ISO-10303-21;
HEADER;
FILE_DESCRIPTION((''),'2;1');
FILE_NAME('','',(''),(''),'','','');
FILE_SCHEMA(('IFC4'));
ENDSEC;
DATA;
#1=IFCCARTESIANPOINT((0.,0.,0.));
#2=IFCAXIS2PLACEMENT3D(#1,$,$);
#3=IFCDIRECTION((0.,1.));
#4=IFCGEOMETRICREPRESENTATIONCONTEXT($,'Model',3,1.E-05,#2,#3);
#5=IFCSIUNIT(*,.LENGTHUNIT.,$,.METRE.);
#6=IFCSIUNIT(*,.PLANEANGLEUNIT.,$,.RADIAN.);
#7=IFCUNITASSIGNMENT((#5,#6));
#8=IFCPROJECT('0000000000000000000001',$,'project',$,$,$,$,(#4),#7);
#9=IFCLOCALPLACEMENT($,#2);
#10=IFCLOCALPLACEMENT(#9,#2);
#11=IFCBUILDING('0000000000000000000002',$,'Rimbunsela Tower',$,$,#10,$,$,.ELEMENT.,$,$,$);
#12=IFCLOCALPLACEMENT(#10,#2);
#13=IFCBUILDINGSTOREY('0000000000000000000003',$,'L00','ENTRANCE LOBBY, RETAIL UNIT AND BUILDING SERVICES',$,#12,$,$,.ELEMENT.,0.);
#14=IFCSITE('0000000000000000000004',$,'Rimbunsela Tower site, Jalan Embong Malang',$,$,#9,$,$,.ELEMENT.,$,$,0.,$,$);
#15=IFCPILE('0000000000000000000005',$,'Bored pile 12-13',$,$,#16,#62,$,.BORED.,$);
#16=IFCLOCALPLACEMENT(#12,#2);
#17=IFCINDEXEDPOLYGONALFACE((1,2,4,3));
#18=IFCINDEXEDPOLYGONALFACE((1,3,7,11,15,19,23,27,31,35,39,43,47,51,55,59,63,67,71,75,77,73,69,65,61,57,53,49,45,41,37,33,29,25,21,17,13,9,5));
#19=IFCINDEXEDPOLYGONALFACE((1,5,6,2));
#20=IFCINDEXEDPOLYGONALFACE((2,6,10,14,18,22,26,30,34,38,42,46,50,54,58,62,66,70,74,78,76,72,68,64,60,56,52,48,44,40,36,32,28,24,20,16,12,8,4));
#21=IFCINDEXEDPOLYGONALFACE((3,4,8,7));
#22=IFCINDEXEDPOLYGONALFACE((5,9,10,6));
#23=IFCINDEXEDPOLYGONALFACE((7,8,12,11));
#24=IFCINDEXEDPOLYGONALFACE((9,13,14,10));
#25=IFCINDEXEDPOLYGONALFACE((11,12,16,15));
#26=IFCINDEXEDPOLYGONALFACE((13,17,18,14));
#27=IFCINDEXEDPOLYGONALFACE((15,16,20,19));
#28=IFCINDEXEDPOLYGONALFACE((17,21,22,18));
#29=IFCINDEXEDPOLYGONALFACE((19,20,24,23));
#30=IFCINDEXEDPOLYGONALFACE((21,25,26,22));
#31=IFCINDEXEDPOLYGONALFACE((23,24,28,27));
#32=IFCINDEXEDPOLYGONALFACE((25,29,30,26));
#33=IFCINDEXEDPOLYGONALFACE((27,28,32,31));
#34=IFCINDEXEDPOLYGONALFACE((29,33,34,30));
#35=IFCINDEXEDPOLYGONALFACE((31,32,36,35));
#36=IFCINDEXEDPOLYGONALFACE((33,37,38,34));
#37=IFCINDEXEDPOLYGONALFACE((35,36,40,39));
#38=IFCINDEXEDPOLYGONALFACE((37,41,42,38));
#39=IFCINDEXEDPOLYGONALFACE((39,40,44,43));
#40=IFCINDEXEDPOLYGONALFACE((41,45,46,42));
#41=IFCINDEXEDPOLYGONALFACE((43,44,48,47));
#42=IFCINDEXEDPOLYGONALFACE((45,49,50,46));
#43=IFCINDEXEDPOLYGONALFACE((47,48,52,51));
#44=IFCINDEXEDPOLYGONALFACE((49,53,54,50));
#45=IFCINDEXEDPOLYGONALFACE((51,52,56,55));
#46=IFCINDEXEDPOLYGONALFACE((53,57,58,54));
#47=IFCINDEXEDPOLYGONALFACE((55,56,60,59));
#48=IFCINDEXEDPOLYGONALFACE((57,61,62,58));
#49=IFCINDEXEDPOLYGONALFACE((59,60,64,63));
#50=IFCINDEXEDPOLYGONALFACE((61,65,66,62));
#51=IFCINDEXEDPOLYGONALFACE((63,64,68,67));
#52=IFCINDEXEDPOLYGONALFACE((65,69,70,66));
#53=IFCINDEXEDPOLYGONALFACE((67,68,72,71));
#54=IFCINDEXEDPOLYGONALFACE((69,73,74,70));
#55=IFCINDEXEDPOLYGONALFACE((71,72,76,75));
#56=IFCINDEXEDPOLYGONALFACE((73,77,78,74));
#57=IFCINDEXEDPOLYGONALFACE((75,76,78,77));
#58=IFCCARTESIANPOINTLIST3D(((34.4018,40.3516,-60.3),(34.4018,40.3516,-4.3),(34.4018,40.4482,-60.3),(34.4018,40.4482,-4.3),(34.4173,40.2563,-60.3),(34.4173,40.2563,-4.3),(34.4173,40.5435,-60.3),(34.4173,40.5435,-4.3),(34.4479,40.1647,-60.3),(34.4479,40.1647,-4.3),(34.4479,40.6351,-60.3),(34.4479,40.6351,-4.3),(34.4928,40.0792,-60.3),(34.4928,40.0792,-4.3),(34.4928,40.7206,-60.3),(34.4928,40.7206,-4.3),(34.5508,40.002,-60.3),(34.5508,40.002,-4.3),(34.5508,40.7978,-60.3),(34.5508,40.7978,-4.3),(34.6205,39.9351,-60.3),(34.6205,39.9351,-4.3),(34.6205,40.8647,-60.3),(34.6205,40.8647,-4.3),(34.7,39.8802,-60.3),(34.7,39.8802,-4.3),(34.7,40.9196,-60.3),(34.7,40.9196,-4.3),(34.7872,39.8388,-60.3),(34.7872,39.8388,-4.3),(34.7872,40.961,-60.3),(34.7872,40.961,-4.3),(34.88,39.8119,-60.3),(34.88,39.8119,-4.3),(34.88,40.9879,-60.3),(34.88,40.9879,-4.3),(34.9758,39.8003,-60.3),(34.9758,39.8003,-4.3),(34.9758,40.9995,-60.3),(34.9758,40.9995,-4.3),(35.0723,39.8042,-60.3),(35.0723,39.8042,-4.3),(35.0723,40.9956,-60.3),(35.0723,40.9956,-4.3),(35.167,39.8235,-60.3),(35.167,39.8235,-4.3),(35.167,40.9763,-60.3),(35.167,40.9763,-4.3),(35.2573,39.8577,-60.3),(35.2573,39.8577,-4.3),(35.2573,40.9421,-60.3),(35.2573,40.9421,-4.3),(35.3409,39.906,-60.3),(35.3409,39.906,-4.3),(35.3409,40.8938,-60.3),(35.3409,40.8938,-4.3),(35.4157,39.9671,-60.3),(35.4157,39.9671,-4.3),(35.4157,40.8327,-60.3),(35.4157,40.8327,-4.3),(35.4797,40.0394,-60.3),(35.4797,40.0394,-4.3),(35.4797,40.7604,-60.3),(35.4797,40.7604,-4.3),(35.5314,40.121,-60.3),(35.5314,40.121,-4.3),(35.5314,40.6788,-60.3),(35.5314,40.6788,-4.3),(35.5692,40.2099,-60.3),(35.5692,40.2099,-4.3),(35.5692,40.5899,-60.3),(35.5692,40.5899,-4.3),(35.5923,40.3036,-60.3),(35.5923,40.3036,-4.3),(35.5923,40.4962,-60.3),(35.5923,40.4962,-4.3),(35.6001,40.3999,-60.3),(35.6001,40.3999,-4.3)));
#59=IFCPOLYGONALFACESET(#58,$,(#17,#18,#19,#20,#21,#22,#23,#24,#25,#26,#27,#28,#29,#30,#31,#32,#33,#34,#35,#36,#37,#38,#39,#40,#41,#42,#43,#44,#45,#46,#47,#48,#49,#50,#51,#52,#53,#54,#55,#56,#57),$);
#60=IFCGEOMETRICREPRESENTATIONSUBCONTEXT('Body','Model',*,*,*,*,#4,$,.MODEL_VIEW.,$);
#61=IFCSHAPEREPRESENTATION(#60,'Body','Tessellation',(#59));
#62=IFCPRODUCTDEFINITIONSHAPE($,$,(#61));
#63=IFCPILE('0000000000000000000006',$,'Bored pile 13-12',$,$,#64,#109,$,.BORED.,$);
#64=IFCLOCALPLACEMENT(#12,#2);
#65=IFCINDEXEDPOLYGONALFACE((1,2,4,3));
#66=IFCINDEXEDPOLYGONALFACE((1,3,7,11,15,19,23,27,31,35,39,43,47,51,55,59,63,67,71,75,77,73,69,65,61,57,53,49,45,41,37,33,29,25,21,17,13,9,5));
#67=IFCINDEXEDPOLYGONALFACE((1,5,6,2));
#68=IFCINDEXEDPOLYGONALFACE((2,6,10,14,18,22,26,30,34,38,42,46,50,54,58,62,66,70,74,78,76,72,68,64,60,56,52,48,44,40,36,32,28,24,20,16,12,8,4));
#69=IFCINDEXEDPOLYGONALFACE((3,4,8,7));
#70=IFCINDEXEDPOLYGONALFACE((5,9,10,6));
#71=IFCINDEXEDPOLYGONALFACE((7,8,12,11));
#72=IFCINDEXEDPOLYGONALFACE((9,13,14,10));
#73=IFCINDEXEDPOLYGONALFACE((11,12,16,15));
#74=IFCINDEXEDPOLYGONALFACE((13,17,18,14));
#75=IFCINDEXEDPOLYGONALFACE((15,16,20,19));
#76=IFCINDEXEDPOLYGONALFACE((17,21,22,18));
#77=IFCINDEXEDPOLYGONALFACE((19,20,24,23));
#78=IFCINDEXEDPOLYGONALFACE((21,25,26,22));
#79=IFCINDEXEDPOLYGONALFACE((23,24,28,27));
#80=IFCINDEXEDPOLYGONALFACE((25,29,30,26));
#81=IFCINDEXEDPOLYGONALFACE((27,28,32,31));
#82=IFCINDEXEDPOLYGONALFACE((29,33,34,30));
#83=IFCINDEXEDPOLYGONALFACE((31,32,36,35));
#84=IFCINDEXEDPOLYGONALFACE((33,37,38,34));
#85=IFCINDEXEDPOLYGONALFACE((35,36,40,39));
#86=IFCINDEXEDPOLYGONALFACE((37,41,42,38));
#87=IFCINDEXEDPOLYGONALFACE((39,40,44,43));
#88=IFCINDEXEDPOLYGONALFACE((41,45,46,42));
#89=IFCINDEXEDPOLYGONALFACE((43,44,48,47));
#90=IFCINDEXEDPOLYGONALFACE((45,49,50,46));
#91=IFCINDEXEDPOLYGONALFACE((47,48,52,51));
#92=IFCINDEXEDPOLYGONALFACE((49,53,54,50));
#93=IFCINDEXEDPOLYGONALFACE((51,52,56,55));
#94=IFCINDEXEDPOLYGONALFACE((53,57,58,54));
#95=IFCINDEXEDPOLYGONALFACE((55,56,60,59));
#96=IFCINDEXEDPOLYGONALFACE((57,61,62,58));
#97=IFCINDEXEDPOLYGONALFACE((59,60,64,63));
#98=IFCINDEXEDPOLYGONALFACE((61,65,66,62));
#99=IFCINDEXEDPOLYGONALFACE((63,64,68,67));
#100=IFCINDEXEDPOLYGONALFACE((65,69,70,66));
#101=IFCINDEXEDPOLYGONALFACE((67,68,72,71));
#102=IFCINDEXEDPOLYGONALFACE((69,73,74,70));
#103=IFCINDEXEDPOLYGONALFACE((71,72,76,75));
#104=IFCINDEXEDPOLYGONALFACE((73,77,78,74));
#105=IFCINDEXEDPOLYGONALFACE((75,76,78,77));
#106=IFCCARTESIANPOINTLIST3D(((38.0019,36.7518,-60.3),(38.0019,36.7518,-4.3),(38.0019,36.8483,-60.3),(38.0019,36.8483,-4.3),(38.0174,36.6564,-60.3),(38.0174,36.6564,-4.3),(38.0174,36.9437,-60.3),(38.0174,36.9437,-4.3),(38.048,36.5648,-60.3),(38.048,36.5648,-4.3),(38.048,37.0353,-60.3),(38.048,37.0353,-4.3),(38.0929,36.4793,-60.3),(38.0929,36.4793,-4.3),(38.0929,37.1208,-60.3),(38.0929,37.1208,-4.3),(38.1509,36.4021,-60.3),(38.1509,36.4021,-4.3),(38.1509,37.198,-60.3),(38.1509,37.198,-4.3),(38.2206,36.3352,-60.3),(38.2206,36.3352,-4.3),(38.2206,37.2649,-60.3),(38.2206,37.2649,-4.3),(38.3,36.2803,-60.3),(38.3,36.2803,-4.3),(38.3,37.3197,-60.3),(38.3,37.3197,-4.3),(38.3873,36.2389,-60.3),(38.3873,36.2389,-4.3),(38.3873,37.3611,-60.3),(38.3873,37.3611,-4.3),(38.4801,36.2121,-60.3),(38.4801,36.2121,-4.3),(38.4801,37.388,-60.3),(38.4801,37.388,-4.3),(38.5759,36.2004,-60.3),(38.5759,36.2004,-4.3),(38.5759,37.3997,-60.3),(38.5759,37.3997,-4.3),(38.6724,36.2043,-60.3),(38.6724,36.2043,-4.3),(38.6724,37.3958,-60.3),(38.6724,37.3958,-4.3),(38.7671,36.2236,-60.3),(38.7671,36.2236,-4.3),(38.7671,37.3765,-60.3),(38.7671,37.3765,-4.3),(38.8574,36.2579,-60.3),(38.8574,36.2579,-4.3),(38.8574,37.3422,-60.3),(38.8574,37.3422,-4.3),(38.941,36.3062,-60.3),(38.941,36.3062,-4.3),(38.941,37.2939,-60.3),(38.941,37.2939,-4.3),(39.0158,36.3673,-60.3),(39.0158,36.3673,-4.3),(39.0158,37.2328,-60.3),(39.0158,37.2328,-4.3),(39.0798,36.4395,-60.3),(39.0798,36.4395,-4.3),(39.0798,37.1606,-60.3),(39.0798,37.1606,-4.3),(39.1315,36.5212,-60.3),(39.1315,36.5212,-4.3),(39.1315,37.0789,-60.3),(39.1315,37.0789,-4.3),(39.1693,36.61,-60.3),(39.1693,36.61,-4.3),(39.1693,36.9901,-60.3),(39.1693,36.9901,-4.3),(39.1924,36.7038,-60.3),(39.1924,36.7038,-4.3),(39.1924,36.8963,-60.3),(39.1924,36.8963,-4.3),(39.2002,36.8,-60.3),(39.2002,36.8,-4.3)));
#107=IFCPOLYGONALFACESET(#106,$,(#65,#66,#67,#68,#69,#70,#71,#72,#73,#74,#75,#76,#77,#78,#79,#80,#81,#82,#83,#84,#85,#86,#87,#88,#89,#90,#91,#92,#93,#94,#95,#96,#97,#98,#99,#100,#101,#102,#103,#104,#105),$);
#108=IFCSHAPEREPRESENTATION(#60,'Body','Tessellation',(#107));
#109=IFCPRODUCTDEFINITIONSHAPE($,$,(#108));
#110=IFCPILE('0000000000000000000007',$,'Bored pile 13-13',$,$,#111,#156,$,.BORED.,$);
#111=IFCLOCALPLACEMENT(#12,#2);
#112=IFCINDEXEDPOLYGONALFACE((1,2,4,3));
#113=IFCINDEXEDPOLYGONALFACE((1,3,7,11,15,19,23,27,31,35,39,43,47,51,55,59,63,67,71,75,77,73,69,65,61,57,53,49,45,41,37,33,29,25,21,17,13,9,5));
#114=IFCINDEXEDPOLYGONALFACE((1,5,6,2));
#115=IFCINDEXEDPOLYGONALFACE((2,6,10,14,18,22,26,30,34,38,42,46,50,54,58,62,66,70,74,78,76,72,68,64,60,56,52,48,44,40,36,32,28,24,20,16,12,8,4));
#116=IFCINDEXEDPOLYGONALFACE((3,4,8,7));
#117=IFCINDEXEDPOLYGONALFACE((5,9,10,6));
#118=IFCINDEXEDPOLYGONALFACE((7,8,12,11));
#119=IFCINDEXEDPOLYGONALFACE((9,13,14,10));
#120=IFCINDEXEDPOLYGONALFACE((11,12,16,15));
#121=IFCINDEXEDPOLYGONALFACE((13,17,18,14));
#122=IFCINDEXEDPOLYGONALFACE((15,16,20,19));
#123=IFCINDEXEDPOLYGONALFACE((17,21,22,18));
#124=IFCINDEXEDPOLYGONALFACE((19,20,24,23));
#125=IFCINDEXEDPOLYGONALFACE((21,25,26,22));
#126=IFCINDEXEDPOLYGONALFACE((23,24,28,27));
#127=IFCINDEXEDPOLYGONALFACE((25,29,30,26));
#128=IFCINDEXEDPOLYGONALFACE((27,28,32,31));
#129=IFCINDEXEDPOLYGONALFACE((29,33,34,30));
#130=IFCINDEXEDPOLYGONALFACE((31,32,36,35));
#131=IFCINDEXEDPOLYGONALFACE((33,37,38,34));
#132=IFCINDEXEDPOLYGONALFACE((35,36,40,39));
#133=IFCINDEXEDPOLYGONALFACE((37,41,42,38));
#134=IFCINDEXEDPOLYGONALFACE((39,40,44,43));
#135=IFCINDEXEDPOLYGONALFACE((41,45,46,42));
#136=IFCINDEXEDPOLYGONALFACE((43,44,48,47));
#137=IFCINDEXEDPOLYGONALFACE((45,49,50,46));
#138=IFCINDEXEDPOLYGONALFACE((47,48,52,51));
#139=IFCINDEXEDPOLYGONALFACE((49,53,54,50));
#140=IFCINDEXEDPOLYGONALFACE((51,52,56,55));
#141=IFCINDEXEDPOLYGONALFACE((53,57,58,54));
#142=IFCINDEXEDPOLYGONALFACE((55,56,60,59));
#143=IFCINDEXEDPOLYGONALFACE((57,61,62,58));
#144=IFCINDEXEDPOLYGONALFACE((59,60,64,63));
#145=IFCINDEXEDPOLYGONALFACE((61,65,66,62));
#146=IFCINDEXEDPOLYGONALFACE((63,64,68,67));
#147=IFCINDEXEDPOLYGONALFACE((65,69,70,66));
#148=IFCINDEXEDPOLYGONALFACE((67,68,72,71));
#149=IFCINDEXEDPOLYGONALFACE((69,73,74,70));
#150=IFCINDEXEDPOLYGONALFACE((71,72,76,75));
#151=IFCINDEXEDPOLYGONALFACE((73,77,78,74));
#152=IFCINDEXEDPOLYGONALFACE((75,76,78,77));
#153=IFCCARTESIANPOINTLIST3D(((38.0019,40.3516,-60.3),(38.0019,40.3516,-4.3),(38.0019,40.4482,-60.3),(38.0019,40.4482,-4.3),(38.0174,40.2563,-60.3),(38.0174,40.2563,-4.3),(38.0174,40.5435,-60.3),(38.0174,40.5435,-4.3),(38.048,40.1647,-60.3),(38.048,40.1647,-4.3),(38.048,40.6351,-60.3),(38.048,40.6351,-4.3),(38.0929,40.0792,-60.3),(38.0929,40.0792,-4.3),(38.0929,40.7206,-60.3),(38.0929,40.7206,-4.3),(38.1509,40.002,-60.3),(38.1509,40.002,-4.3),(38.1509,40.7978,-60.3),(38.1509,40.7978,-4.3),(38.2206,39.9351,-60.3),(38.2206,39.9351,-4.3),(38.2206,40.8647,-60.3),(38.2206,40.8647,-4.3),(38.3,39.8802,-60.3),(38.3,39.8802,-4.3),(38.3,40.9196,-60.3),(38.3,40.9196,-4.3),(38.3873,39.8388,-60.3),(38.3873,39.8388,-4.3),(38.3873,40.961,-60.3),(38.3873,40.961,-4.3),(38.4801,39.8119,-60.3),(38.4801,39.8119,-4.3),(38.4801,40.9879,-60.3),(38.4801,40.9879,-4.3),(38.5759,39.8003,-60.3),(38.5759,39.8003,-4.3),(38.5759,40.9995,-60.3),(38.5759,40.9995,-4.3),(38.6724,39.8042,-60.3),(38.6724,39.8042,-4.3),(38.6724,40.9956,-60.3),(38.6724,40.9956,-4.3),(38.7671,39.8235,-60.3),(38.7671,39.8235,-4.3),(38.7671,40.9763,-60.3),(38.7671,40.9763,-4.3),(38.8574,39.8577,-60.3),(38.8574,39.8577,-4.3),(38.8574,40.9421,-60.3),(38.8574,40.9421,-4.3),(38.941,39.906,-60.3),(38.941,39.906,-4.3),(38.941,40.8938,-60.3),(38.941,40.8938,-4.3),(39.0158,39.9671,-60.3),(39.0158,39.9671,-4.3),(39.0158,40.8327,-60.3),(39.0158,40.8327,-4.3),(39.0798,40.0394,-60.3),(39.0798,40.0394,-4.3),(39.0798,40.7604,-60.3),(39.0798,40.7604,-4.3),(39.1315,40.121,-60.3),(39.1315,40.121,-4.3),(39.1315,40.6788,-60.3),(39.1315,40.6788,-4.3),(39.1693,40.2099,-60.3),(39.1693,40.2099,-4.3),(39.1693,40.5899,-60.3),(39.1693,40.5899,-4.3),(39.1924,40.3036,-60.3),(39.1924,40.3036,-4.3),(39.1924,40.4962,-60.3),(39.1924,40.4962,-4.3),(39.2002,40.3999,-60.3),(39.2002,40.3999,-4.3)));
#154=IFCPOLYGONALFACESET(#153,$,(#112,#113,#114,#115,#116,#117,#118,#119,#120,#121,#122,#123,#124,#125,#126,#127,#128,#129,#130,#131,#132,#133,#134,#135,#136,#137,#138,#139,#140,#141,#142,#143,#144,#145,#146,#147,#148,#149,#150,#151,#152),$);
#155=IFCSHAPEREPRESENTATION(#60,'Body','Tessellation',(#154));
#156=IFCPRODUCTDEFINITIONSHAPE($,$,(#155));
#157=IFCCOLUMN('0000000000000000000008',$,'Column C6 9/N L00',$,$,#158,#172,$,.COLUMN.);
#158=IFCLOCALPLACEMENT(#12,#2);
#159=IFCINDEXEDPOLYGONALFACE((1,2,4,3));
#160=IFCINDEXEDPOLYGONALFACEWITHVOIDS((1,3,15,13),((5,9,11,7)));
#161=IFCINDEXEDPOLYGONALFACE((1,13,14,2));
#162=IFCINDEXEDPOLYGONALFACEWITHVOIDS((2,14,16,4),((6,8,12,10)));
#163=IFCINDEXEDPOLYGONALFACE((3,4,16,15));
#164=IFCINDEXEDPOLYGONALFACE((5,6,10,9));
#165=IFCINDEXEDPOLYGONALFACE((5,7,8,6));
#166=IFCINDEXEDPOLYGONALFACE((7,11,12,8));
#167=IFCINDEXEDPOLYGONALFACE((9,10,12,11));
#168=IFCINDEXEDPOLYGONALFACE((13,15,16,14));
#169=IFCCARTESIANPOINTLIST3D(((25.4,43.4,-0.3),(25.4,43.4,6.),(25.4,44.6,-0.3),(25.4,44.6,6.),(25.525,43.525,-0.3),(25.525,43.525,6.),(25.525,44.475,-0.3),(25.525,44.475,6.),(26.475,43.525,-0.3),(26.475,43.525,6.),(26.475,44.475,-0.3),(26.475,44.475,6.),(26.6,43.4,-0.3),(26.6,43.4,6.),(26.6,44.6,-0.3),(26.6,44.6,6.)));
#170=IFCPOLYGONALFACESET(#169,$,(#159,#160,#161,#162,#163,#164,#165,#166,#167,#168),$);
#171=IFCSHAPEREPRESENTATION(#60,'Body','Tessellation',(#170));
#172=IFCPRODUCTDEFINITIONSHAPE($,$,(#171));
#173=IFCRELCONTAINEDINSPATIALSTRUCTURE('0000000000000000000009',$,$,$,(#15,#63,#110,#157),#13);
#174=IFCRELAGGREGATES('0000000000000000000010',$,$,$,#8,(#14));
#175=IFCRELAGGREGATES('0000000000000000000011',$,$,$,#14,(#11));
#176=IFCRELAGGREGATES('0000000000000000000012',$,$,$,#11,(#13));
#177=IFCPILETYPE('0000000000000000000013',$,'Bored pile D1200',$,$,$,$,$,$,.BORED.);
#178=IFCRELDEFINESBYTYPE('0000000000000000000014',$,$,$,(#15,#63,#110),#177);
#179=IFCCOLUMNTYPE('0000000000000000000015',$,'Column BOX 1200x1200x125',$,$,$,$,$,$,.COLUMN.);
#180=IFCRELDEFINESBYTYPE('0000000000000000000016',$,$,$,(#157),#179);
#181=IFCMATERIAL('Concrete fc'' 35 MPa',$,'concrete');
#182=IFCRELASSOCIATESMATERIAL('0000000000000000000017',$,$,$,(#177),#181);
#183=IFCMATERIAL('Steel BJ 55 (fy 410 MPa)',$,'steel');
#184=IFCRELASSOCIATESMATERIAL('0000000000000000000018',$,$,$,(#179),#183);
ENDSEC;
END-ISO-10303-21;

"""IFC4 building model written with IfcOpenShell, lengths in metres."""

from ifc_helpers import new_model, si_unit, direction, frame, origin, origin_2d, place, context, subcontext, project, spatial, hollow_rectangle, circle, extrude, material, material_profile, profile_set, type_object, element, save


model = new_model("IFC4")

# Units and contexts
model_context = context("Model", 3, precision=1e-05, world=origin(), true_north=direction((0.0, 1.0)))
body_context = subcontext(model_context, "Body", "Model", "MODEL_VIEW")
ifc_project = project(units=[si_unit("LENGTHUNIT", "METRE"), si_unit("PLANEANGLEUNIT", "RADIAN")], contexts=[model_context])

# Site, building, storey
site_placement = place(None, origin())
site = spatial("IfcSite", under=ifc_project, at=site_placement, Name="Rimbunsela Tower site, Jalan Embong Malang", CompositionType="ELEMENT", RefElevation=0.0)
building_placement = place(site_placement, origin())
building = spatial("IfcBuilding", under=site, at=building_placement, Name="Rimbunsela Tower", CompositionType="ELEMENT")
storey_placement = place(building_placement, origin())
storey = spatial("IfcBuildingStorey", under=building, at=storey_placement, Name="L00", Description="ENTRANCE LOBBY, RETAIL UNIT AND BUILDING SERVICES", CompositionType="ELEMENT", Elevation=0.0)

# Piles
ifc_material_1 = material(Name="Concrete fc' 35 MPa", Category="concrete")
ifc_material_profile_1 = material_profile(ifc_material_1, circle(Radius=0.6001, at=origin_2d()), Name="BP D1200")
ifc_profile_set_1 = profile_set([ifc_material_profile_1], Name="Concrete fc' 35 MPa")
pile_type = type_object("IfcPileType", Name="Bored pile D1200", PredefinedType="BORED", material=ifc_profile_set_1)
for number, where, z_axis, x_axis, name in (
    (1, (35.0, 40.3999, -4.3), (0.0, 0.0, -1.0), (1.0, 0.0, 0.0), "Bored pile 12-13"),
    (2, (38.6001, 36.8, -4.3), (0.0, 0.0, -1.0), (1.0, 0.0, 0.0), "Bored pile 13-12"),
    (3, (38.6001, 40.3999, -4.3), (0.0, 0.0, -1.0), (1.0, 0.0, 0.0), "Bored pile 13-13"),
):
    element("IfcPile", number, at=place(storey_placement, frame(where, z_axis=z_axis, x_axis=x_axis)), inside=storey, type_object=pile_type, Name=name, PredefinedType="BORED", context=body_context, shape_type="SweptSolid", body=[
        extrude(circle(Radius=0.6001, at=origin_2d()), origin(), (0.0, 0.0, 1.0), 56.0),
    ])

# Column
ifc_material_2 = material(Name="Steel BJ 55 (fy 410 MPa)", Category="steel")
ifc_material_profile_2 = material_profile(ifc_material_2, hollow_rectangle(XDim=1.2, YDim=1.2, WallThickness=0.125, at=origin_2d()), Name="BOX 1200x1200x125")
ifc_profile_set_2 = profile_set([ifc_material_profile_2], Name="Steel BJ 55 (fy 410 MPa)")
column_type = type_object("IfcColumnType", Name="Column BOX 1200x1200x125", PredefinedType="COLUMN", material=ifc_profile_set_2)
column_placement = place(storey_placement, frame((26.0, 44.0, -0.3), z_axis=(0.0, 0.0, 1.0), x_axis=(1.0, 0.0, 0.0)))
element("IfcColumn", 4, at=column_placement, inside=storey, type_object=column_type, Name="Column C6 9/N L00", PredefinedType="COLUMN", context=body_context, shape_type="SweptSolid", body=[
    extrude(hollow_rectangle(XDim=1.2, YDim=1.2, WallThickness=0.125, at=origin_2d()), origin(), (0.0, 0.0, 1.0), 6.3),
])

save(model, "model.ifc")
